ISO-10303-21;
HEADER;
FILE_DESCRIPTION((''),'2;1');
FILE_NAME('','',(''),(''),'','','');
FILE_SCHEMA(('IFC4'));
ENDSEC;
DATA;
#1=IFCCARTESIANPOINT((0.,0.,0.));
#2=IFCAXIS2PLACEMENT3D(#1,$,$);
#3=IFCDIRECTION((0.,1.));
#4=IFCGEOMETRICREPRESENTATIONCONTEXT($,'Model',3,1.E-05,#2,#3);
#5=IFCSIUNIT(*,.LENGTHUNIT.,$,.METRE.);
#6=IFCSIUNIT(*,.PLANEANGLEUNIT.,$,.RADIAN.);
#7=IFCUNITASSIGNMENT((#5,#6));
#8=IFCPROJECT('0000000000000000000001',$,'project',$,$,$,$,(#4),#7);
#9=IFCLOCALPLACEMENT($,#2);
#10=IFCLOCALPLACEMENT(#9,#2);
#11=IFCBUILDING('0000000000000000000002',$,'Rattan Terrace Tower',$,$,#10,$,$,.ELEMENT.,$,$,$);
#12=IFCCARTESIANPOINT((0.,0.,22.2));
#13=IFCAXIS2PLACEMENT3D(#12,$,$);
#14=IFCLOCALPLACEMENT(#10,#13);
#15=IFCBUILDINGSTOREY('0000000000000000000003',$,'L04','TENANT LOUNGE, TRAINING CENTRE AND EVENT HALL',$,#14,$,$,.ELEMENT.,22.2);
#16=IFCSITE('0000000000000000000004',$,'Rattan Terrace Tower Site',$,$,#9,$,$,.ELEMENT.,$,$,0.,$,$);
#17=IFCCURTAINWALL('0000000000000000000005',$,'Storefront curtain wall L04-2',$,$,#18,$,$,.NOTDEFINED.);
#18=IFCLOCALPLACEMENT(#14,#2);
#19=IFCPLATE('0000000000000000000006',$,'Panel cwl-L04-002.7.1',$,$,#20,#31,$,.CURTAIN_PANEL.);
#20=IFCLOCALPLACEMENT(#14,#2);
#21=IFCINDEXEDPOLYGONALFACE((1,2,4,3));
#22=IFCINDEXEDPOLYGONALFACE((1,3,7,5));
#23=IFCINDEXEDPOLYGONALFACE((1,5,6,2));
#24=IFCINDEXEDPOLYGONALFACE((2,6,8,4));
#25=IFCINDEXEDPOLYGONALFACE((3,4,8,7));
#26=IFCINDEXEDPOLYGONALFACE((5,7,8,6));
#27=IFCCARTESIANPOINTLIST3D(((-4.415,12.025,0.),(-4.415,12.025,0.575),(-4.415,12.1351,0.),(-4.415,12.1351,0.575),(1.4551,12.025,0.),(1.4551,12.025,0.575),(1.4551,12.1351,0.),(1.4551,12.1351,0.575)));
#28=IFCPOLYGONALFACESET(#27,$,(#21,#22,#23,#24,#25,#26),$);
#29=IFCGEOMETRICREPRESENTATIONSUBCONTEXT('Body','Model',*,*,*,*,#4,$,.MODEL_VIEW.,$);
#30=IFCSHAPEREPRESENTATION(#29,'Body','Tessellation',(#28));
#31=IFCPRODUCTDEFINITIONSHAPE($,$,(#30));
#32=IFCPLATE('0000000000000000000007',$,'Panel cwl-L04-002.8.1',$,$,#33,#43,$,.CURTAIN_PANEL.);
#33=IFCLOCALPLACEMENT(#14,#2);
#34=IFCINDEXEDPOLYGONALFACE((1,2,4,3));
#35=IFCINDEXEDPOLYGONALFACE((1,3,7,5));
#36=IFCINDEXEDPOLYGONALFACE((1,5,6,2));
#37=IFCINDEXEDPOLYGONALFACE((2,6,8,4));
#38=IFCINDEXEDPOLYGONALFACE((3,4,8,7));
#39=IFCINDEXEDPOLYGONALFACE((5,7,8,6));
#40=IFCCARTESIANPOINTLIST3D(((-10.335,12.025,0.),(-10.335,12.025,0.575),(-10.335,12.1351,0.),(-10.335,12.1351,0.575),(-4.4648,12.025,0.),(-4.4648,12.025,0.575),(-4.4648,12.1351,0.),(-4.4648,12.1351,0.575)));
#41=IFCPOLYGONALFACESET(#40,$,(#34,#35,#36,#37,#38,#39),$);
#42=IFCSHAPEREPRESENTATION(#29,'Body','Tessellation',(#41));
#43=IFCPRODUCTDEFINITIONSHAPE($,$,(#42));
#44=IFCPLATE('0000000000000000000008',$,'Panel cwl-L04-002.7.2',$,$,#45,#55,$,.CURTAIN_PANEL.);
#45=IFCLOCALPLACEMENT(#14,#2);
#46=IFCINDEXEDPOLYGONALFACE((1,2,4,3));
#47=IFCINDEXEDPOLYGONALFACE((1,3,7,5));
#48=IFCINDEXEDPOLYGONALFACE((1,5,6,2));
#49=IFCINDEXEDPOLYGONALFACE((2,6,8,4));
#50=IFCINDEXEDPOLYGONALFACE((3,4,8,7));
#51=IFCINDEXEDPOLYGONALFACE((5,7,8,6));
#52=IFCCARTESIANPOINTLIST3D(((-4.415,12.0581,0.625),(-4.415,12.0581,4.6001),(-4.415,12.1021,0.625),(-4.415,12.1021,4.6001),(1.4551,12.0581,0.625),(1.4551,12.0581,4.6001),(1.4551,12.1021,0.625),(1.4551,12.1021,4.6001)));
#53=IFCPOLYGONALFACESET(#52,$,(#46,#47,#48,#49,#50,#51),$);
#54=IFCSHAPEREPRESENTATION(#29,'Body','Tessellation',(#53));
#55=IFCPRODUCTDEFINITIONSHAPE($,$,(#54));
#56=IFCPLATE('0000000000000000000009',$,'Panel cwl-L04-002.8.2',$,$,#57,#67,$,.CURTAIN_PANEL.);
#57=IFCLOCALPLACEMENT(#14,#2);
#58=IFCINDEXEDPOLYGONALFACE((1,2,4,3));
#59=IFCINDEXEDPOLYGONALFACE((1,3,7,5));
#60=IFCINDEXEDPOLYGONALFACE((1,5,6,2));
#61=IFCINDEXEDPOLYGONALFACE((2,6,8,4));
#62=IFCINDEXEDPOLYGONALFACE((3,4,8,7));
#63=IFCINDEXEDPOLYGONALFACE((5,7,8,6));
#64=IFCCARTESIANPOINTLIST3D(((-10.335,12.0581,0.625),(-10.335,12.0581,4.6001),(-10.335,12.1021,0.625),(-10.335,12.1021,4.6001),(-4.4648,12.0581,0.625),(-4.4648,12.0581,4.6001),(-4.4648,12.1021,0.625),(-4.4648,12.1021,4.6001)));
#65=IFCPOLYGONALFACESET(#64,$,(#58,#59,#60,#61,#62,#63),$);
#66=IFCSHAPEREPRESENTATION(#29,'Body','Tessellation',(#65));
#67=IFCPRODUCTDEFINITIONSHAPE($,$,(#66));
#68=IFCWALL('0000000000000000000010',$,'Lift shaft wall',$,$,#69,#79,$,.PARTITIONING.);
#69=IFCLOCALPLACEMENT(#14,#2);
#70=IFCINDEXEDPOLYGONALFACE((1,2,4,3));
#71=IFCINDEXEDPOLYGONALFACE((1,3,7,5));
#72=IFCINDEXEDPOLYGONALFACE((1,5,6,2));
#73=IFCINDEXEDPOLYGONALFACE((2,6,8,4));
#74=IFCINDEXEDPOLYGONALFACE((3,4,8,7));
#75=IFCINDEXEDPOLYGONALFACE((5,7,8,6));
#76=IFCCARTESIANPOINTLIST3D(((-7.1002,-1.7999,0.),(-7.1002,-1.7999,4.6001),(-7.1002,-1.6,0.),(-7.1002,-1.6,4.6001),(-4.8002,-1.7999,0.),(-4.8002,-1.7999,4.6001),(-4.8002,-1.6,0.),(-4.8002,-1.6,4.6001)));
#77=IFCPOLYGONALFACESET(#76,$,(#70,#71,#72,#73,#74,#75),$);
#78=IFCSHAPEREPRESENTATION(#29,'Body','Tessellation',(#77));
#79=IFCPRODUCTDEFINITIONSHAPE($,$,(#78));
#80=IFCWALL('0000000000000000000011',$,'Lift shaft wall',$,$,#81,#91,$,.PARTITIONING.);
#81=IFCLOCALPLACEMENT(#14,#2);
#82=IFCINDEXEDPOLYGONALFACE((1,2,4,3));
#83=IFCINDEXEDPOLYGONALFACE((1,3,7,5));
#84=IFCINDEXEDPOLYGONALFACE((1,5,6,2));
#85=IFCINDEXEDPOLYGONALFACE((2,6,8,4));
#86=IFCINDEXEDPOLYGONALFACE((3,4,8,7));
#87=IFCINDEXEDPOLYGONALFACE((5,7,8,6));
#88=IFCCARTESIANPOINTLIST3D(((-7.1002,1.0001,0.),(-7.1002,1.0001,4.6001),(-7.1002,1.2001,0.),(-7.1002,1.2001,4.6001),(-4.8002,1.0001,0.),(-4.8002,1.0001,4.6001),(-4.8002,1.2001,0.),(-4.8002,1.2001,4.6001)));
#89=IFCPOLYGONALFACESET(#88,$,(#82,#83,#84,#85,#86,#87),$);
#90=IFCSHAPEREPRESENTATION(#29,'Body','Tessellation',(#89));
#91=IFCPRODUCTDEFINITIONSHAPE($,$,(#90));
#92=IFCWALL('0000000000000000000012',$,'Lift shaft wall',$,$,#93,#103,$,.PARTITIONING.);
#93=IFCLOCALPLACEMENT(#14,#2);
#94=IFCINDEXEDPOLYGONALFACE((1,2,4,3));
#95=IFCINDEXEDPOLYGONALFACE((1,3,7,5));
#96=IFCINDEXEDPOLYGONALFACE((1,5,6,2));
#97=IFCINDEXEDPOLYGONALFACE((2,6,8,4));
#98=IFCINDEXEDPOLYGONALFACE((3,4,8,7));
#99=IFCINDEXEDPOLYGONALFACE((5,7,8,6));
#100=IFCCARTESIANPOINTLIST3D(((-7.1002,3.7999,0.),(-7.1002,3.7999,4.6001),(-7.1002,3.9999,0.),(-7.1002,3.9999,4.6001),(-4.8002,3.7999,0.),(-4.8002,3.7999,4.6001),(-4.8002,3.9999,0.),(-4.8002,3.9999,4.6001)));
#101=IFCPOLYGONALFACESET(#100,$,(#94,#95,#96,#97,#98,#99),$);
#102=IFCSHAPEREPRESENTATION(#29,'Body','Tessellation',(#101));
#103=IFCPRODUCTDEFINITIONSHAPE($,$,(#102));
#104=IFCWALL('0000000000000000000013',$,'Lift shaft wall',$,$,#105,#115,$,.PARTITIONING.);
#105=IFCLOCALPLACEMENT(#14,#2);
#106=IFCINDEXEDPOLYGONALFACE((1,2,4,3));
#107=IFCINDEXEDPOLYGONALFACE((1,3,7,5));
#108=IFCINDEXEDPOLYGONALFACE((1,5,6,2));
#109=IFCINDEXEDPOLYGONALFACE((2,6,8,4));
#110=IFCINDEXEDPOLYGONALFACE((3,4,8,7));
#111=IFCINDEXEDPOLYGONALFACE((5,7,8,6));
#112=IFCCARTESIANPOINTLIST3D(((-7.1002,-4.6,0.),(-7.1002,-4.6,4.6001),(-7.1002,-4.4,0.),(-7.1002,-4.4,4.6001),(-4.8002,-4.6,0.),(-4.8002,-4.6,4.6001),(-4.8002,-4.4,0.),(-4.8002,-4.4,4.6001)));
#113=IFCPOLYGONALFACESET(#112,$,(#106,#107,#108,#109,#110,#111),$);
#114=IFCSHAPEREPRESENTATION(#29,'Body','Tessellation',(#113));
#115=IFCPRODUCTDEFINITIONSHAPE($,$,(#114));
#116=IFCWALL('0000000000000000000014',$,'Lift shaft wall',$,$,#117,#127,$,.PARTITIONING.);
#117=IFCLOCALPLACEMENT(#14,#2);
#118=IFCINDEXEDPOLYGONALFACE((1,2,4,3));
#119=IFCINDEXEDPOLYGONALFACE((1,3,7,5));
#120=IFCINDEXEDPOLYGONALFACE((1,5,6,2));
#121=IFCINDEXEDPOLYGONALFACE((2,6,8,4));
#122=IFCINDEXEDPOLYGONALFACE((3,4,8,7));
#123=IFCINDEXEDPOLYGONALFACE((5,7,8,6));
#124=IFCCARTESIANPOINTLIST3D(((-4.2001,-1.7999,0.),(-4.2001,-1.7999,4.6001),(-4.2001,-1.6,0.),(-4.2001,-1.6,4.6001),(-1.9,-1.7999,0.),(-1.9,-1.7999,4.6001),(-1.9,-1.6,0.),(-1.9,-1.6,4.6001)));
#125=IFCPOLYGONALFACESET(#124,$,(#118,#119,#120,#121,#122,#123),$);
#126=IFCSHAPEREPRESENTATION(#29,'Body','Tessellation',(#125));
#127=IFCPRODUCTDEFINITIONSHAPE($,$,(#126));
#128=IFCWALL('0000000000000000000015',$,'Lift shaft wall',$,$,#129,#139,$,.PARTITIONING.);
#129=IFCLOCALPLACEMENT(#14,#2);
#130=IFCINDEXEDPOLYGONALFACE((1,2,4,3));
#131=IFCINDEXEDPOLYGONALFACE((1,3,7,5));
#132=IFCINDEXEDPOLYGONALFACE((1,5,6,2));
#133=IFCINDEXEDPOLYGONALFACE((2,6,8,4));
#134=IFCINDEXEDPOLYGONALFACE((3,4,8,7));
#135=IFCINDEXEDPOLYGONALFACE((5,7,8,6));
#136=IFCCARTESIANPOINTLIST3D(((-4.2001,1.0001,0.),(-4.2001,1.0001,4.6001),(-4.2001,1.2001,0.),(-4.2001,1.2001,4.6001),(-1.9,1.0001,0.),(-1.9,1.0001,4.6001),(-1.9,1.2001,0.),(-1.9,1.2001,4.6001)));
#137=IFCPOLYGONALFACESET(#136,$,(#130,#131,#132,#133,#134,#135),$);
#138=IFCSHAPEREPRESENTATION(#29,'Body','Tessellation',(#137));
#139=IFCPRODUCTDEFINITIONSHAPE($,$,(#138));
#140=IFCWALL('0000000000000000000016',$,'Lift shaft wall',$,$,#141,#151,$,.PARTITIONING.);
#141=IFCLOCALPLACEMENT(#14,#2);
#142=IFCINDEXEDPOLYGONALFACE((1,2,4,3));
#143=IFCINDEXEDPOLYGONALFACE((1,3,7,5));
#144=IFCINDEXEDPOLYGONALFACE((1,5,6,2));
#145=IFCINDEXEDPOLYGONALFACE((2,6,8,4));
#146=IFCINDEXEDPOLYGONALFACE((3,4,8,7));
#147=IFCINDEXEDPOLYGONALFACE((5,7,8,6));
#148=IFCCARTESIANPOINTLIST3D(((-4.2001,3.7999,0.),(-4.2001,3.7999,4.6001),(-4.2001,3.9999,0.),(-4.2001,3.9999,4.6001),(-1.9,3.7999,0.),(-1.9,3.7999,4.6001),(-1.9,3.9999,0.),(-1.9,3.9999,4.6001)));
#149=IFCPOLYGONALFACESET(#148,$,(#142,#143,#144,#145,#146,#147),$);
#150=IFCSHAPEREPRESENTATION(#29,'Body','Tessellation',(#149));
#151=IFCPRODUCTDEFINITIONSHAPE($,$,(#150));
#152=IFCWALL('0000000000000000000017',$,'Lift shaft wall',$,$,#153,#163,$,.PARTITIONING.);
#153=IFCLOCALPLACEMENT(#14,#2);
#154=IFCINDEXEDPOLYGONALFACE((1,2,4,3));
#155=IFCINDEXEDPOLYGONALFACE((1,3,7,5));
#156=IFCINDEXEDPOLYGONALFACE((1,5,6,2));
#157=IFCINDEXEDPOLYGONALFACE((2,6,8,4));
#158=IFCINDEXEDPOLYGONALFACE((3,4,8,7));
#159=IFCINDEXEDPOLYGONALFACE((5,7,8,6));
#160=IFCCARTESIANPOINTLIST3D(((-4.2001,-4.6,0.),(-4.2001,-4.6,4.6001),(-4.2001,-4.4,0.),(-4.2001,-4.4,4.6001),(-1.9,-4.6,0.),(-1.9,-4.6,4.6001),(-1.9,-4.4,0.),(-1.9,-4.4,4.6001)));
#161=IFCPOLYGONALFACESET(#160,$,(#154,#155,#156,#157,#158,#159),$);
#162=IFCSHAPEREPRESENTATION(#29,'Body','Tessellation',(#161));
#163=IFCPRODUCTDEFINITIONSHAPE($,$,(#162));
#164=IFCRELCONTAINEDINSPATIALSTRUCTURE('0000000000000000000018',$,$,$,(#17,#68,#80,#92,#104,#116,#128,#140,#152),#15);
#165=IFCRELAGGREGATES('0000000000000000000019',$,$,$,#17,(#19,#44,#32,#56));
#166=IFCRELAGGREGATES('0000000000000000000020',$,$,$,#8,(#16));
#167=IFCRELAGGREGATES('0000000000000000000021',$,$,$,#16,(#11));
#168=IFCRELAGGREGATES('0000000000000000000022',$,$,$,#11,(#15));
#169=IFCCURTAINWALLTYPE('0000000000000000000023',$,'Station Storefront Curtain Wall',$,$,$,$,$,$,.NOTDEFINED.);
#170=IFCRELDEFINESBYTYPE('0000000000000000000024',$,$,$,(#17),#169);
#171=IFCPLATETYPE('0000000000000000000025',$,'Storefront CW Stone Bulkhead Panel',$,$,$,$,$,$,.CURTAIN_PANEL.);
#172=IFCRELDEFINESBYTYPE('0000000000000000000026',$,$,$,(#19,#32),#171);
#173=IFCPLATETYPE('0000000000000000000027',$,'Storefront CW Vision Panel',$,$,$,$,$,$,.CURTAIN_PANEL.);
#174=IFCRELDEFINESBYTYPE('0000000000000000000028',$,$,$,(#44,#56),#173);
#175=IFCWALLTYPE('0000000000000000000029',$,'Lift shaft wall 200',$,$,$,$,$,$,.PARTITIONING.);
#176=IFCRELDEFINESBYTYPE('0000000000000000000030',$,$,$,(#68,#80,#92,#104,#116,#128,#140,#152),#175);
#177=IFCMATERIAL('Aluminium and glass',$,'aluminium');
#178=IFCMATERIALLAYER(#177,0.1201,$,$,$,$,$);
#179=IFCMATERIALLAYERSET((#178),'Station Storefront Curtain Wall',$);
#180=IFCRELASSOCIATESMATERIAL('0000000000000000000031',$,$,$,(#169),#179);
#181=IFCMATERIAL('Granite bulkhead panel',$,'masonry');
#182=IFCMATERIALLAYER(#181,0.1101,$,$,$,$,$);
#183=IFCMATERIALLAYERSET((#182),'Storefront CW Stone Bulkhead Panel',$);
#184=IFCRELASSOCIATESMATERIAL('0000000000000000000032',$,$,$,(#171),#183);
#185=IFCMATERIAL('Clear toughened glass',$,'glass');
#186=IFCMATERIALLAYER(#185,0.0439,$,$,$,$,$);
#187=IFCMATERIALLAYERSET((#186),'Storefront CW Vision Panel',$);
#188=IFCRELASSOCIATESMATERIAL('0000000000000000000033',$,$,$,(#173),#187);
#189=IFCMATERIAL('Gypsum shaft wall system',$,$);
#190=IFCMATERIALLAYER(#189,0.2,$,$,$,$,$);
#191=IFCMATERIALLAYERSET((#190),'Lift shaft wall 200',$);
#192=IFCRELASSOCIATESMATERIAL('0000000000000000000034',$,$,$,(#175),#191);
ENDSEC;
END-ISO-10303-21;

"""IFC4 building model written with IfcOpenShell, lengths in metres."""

from ifc_helpers import new_model, si_unit, direction, frame, frame_2d, origin, origin_2d, place, context, subcontext, project, spatial, rectangle, extrude, material, layer, layer_set, type_object, element, aggregate, save


model = new_model("IFC4")

# Units and contexts
model_context = context("Model", 3, precision=1e-05, world=origin(), true_north=direction((0.0, 1.0)))
body_context = subcontext(model_context, "Body", "Model", "MODEL_VIEW")
ifc_project = project(units=[si_unit("LENGTHUNIT", "METRE"), si_unit("PLANEANGLEUNIT", "RADIAN")], contexts=[model_context])

# Site, building, storey
site_placement = place(None, origin())
site = spatial("IfcSite", under=ifc_project, at=site_placement, Name="Rattan Terrace Tower Site", CompositionType="ELEMENT", RefElevation=0.0)
building_placement = place(site_placement, origin())
building = spatial("IfcBuilding", under=site, at=building_placement, Name="Rattan Terrace Tower", CompositionType="ELEMENT")
storey_placement = place(building_placement, frame((0.0, 0.0, 22.2)))
storey = spatial("IfcBuildingStorey", under=building, at=storey_placement, Name="L04", Description="TENANT LOUNGE, TRAINING CENTRE AND EVENT HALL", CompositionType="ELEMENT", Elevation=22.2)

# Curtain wall
ifc_material_1 = material(Name="Aluminium and glass", Category="aluminium")
ifc_layer_1 = layer(ifc_material_1, 0.1201)
ifc_layer_set_1 = layer_set([ifc_layer_1], Name="Station Storefront Curtain Wall")
curtain_wall_type = type_object("IfcCurtainWallType", Name="Station Storefront Curtain Wall", PredefinedType="NOTDEFINED", material=ifc_layer_set_1)
curtain_wall_placement = place(storey_placement, origin())
curtain_wall = element("IfcCurtainWall", 1, at=curtain_wall_placement, inside=storey, type_object=curtain_wall_type, Name="Storefront curtain wall L04-2", PredefinedType="NOTDEFINED")

# Plates
ifc_material_2 = material(Name="Granite bulkhead panel", Category="masonry")
ifc_layer_2 = layer(ifc_material_2, 0.1101)
ifc_layer_set_2 = layer_set([ifc_layer_2], Name="Storefront CW Stone Bulkhead Panel")
plate_type_1 = type_object("IfcPlateType", Name="Storefront CW Stone Bulkhead Panel", PredefinedType="CURTAIN_PANEL", material=ifc_layer_set_2)
plate_1_placement = place(storey_placement, frame((-1.48, 12.0801, 0.0), z_axis=(0.0, 0.0, 1.0), x_axis=(-1.0, 0.0, 0.0)))
plate_1 = element("IfcPlate", 2, at=plate_1_placement, type_object=plate_type_1, Name="Panel cwl-L04-002.7.1", PredefinedType="CURTAIN_PANEL", context=body_context, shape_type="SweptSolid", body=[
    extrude(rectangle(XDim=5.8701, YDim=0.1101, at=origin_2d()), origin(), (0.0, 0.0, 1.0), 0.575),
])
plate_2_placement = place(storey_placement, frame((-7.3999, 12.0801, 0.0), z_axis=(0.0, 0.0, 1.0), x_axis=(-1.0, 0.0, 0.0)))
plate_2 = element("IfcPlate", 3, at=plate_2_placement, type_object=plate_type_1, Name="Panel cwl-L04-002.8.1", PredefinedType="CURTAIN_PANEL", context=body_context, shape_type="SweptSolid", body=[
    extrude(rectangle(XDim=5.8701, YDim=0.1101, at=origin_2d()), origin(), (0.0, 0.0, 1.0), 0.575),
])
ifc_material_3 = material(Name="Clear toughened glass", Category="glass")
ifc_layer_3 = layer(ifc_material_3, 0.0439)
ifc_layer_set_3 = layer_set([ifc_layer_3], Name="Storefront CW Vision Panel")
plate_type_2 = type_object("IfcPlateType", Name="Storefront CW Vision Panel", PredefinedType="CURTAIN_PANEL", material=ifc_layer_set_3)
plate_3_placement = place(storey_placement, frame((-1.48, 12.0801, 0.625), z_axis=(0.0, 0.0, 1.0), x_axis=(-1.0, 0.0, 0.0)))
plate_3 = element("IfcPlate", 4, at=plate_3_placement, type_object=plate_type_2, Name="Panel cwl-L04-002.7.2", PredefinedType="CURTAIN_PANEL", context=body_context, shape_type="SweptSolid", body=[
    extrude(rectangle(XDim=5.8701, YDim=0.0439, at=origin_2d()), origin(), (0.0, 0.0, 1.0), 3.9751),
])
plate_4_placement = place(storey_placement, frame((-7.3999, 12.0801, 0.625), z_axis=(0.0, 0.0, 1.0), x_axis=(-1.0, 0.0, 0.0)))
plate_4 = element("IfcPlate", 5, at=plate_4_placement, type_object=plate_type_2, Name="Panel cwl-L04-002.8.2", PredefinedType="CURTAIN_PANEL", context=body_context, shape_type="SweptSolid", body=[
    extrude(rectangle(XDim=5.8701, YDim=0.0439, at=origin_2d()), origin(), (0.0, 0.0, 1.0), 3.9751),
])
aggregate(curtain_wall, [plate_1, plate_3, plate_2, plate_4])

# Walls
ifc_material_4 = material(Name="Gypsum shaft wall system")
ifc_layer_4 = layer(ifc_material_4, 0.2)
ifc_layer_set_4 = layer_set([ifc_layer_4], Name="Lift shaft wall 200")
wall_type = type_object("IfcWallType", Name="Lift shaft wall 200", PredefinedType="PARTITIONING", material=ifc_layer_set_4)
for number, where, z_axis, x_axis, name in (
    (6, (-7.1001, -1.7, 0.0), (0.0, 0.0, 1.0), (1.0, 0.0, 0.0), "Lift shaft wall"),
    (7, (-7.1001, 1.1001, 0.0), (0.0, 0.0, 1.0), (1.0, 0.0, 0.0), "Lift shaft wall"),
    (8, (-7.1001, 3.8999, 0.0), (0.0, 0.0, 1.0), (1.0, 0.0, 0.0), "Lift shaft wall"),
    (9, (-7.1001, -4.5, 0.0), (0.0, 0.0, 1.0), (1.0, 0.0, 0.0), "Lift shaft wall"),
    (10, (-4.2, -1.7, 0.0), (0.0, 0.0, 1.0), (1.0, 0.0, 0.0), "Lift shaft wall"),
    (11, (-4.2, 1.1001, 0.0), (0.0, 0.0, 1.0), (1.0, 0.0, 0.0), "Lift shaft wall"),
    (12, (-4.2, 3.8999, 0.0), (0.0, 0.0, 1.0), (1.0, 0.0, 0.0), "Lift shaft wall"),
    (13, (-4.2, -4.5, 0.0), (0.0, 0.0, 1.0), (1.0, 0.0, 0.0), "Lift shaft wall"),
):
    element("IfcWall", number, at=place(storey_placement, frame(where, z_axis=z_axis, x_axis=x_axis)), inside=storey, type_object=wall_type, Name=name, PredefinedType="PARTITIONING", context=body_context, shape_type="SweptSolid", body=[
        extrude(rectangle(XDim=2.3, YDim=0.2, at=frame_2d((1.1499, 0.0))), origin(), (0.0, 0.0, 1.0), 4.6001),
    ])

save(model, "model.ifc")
